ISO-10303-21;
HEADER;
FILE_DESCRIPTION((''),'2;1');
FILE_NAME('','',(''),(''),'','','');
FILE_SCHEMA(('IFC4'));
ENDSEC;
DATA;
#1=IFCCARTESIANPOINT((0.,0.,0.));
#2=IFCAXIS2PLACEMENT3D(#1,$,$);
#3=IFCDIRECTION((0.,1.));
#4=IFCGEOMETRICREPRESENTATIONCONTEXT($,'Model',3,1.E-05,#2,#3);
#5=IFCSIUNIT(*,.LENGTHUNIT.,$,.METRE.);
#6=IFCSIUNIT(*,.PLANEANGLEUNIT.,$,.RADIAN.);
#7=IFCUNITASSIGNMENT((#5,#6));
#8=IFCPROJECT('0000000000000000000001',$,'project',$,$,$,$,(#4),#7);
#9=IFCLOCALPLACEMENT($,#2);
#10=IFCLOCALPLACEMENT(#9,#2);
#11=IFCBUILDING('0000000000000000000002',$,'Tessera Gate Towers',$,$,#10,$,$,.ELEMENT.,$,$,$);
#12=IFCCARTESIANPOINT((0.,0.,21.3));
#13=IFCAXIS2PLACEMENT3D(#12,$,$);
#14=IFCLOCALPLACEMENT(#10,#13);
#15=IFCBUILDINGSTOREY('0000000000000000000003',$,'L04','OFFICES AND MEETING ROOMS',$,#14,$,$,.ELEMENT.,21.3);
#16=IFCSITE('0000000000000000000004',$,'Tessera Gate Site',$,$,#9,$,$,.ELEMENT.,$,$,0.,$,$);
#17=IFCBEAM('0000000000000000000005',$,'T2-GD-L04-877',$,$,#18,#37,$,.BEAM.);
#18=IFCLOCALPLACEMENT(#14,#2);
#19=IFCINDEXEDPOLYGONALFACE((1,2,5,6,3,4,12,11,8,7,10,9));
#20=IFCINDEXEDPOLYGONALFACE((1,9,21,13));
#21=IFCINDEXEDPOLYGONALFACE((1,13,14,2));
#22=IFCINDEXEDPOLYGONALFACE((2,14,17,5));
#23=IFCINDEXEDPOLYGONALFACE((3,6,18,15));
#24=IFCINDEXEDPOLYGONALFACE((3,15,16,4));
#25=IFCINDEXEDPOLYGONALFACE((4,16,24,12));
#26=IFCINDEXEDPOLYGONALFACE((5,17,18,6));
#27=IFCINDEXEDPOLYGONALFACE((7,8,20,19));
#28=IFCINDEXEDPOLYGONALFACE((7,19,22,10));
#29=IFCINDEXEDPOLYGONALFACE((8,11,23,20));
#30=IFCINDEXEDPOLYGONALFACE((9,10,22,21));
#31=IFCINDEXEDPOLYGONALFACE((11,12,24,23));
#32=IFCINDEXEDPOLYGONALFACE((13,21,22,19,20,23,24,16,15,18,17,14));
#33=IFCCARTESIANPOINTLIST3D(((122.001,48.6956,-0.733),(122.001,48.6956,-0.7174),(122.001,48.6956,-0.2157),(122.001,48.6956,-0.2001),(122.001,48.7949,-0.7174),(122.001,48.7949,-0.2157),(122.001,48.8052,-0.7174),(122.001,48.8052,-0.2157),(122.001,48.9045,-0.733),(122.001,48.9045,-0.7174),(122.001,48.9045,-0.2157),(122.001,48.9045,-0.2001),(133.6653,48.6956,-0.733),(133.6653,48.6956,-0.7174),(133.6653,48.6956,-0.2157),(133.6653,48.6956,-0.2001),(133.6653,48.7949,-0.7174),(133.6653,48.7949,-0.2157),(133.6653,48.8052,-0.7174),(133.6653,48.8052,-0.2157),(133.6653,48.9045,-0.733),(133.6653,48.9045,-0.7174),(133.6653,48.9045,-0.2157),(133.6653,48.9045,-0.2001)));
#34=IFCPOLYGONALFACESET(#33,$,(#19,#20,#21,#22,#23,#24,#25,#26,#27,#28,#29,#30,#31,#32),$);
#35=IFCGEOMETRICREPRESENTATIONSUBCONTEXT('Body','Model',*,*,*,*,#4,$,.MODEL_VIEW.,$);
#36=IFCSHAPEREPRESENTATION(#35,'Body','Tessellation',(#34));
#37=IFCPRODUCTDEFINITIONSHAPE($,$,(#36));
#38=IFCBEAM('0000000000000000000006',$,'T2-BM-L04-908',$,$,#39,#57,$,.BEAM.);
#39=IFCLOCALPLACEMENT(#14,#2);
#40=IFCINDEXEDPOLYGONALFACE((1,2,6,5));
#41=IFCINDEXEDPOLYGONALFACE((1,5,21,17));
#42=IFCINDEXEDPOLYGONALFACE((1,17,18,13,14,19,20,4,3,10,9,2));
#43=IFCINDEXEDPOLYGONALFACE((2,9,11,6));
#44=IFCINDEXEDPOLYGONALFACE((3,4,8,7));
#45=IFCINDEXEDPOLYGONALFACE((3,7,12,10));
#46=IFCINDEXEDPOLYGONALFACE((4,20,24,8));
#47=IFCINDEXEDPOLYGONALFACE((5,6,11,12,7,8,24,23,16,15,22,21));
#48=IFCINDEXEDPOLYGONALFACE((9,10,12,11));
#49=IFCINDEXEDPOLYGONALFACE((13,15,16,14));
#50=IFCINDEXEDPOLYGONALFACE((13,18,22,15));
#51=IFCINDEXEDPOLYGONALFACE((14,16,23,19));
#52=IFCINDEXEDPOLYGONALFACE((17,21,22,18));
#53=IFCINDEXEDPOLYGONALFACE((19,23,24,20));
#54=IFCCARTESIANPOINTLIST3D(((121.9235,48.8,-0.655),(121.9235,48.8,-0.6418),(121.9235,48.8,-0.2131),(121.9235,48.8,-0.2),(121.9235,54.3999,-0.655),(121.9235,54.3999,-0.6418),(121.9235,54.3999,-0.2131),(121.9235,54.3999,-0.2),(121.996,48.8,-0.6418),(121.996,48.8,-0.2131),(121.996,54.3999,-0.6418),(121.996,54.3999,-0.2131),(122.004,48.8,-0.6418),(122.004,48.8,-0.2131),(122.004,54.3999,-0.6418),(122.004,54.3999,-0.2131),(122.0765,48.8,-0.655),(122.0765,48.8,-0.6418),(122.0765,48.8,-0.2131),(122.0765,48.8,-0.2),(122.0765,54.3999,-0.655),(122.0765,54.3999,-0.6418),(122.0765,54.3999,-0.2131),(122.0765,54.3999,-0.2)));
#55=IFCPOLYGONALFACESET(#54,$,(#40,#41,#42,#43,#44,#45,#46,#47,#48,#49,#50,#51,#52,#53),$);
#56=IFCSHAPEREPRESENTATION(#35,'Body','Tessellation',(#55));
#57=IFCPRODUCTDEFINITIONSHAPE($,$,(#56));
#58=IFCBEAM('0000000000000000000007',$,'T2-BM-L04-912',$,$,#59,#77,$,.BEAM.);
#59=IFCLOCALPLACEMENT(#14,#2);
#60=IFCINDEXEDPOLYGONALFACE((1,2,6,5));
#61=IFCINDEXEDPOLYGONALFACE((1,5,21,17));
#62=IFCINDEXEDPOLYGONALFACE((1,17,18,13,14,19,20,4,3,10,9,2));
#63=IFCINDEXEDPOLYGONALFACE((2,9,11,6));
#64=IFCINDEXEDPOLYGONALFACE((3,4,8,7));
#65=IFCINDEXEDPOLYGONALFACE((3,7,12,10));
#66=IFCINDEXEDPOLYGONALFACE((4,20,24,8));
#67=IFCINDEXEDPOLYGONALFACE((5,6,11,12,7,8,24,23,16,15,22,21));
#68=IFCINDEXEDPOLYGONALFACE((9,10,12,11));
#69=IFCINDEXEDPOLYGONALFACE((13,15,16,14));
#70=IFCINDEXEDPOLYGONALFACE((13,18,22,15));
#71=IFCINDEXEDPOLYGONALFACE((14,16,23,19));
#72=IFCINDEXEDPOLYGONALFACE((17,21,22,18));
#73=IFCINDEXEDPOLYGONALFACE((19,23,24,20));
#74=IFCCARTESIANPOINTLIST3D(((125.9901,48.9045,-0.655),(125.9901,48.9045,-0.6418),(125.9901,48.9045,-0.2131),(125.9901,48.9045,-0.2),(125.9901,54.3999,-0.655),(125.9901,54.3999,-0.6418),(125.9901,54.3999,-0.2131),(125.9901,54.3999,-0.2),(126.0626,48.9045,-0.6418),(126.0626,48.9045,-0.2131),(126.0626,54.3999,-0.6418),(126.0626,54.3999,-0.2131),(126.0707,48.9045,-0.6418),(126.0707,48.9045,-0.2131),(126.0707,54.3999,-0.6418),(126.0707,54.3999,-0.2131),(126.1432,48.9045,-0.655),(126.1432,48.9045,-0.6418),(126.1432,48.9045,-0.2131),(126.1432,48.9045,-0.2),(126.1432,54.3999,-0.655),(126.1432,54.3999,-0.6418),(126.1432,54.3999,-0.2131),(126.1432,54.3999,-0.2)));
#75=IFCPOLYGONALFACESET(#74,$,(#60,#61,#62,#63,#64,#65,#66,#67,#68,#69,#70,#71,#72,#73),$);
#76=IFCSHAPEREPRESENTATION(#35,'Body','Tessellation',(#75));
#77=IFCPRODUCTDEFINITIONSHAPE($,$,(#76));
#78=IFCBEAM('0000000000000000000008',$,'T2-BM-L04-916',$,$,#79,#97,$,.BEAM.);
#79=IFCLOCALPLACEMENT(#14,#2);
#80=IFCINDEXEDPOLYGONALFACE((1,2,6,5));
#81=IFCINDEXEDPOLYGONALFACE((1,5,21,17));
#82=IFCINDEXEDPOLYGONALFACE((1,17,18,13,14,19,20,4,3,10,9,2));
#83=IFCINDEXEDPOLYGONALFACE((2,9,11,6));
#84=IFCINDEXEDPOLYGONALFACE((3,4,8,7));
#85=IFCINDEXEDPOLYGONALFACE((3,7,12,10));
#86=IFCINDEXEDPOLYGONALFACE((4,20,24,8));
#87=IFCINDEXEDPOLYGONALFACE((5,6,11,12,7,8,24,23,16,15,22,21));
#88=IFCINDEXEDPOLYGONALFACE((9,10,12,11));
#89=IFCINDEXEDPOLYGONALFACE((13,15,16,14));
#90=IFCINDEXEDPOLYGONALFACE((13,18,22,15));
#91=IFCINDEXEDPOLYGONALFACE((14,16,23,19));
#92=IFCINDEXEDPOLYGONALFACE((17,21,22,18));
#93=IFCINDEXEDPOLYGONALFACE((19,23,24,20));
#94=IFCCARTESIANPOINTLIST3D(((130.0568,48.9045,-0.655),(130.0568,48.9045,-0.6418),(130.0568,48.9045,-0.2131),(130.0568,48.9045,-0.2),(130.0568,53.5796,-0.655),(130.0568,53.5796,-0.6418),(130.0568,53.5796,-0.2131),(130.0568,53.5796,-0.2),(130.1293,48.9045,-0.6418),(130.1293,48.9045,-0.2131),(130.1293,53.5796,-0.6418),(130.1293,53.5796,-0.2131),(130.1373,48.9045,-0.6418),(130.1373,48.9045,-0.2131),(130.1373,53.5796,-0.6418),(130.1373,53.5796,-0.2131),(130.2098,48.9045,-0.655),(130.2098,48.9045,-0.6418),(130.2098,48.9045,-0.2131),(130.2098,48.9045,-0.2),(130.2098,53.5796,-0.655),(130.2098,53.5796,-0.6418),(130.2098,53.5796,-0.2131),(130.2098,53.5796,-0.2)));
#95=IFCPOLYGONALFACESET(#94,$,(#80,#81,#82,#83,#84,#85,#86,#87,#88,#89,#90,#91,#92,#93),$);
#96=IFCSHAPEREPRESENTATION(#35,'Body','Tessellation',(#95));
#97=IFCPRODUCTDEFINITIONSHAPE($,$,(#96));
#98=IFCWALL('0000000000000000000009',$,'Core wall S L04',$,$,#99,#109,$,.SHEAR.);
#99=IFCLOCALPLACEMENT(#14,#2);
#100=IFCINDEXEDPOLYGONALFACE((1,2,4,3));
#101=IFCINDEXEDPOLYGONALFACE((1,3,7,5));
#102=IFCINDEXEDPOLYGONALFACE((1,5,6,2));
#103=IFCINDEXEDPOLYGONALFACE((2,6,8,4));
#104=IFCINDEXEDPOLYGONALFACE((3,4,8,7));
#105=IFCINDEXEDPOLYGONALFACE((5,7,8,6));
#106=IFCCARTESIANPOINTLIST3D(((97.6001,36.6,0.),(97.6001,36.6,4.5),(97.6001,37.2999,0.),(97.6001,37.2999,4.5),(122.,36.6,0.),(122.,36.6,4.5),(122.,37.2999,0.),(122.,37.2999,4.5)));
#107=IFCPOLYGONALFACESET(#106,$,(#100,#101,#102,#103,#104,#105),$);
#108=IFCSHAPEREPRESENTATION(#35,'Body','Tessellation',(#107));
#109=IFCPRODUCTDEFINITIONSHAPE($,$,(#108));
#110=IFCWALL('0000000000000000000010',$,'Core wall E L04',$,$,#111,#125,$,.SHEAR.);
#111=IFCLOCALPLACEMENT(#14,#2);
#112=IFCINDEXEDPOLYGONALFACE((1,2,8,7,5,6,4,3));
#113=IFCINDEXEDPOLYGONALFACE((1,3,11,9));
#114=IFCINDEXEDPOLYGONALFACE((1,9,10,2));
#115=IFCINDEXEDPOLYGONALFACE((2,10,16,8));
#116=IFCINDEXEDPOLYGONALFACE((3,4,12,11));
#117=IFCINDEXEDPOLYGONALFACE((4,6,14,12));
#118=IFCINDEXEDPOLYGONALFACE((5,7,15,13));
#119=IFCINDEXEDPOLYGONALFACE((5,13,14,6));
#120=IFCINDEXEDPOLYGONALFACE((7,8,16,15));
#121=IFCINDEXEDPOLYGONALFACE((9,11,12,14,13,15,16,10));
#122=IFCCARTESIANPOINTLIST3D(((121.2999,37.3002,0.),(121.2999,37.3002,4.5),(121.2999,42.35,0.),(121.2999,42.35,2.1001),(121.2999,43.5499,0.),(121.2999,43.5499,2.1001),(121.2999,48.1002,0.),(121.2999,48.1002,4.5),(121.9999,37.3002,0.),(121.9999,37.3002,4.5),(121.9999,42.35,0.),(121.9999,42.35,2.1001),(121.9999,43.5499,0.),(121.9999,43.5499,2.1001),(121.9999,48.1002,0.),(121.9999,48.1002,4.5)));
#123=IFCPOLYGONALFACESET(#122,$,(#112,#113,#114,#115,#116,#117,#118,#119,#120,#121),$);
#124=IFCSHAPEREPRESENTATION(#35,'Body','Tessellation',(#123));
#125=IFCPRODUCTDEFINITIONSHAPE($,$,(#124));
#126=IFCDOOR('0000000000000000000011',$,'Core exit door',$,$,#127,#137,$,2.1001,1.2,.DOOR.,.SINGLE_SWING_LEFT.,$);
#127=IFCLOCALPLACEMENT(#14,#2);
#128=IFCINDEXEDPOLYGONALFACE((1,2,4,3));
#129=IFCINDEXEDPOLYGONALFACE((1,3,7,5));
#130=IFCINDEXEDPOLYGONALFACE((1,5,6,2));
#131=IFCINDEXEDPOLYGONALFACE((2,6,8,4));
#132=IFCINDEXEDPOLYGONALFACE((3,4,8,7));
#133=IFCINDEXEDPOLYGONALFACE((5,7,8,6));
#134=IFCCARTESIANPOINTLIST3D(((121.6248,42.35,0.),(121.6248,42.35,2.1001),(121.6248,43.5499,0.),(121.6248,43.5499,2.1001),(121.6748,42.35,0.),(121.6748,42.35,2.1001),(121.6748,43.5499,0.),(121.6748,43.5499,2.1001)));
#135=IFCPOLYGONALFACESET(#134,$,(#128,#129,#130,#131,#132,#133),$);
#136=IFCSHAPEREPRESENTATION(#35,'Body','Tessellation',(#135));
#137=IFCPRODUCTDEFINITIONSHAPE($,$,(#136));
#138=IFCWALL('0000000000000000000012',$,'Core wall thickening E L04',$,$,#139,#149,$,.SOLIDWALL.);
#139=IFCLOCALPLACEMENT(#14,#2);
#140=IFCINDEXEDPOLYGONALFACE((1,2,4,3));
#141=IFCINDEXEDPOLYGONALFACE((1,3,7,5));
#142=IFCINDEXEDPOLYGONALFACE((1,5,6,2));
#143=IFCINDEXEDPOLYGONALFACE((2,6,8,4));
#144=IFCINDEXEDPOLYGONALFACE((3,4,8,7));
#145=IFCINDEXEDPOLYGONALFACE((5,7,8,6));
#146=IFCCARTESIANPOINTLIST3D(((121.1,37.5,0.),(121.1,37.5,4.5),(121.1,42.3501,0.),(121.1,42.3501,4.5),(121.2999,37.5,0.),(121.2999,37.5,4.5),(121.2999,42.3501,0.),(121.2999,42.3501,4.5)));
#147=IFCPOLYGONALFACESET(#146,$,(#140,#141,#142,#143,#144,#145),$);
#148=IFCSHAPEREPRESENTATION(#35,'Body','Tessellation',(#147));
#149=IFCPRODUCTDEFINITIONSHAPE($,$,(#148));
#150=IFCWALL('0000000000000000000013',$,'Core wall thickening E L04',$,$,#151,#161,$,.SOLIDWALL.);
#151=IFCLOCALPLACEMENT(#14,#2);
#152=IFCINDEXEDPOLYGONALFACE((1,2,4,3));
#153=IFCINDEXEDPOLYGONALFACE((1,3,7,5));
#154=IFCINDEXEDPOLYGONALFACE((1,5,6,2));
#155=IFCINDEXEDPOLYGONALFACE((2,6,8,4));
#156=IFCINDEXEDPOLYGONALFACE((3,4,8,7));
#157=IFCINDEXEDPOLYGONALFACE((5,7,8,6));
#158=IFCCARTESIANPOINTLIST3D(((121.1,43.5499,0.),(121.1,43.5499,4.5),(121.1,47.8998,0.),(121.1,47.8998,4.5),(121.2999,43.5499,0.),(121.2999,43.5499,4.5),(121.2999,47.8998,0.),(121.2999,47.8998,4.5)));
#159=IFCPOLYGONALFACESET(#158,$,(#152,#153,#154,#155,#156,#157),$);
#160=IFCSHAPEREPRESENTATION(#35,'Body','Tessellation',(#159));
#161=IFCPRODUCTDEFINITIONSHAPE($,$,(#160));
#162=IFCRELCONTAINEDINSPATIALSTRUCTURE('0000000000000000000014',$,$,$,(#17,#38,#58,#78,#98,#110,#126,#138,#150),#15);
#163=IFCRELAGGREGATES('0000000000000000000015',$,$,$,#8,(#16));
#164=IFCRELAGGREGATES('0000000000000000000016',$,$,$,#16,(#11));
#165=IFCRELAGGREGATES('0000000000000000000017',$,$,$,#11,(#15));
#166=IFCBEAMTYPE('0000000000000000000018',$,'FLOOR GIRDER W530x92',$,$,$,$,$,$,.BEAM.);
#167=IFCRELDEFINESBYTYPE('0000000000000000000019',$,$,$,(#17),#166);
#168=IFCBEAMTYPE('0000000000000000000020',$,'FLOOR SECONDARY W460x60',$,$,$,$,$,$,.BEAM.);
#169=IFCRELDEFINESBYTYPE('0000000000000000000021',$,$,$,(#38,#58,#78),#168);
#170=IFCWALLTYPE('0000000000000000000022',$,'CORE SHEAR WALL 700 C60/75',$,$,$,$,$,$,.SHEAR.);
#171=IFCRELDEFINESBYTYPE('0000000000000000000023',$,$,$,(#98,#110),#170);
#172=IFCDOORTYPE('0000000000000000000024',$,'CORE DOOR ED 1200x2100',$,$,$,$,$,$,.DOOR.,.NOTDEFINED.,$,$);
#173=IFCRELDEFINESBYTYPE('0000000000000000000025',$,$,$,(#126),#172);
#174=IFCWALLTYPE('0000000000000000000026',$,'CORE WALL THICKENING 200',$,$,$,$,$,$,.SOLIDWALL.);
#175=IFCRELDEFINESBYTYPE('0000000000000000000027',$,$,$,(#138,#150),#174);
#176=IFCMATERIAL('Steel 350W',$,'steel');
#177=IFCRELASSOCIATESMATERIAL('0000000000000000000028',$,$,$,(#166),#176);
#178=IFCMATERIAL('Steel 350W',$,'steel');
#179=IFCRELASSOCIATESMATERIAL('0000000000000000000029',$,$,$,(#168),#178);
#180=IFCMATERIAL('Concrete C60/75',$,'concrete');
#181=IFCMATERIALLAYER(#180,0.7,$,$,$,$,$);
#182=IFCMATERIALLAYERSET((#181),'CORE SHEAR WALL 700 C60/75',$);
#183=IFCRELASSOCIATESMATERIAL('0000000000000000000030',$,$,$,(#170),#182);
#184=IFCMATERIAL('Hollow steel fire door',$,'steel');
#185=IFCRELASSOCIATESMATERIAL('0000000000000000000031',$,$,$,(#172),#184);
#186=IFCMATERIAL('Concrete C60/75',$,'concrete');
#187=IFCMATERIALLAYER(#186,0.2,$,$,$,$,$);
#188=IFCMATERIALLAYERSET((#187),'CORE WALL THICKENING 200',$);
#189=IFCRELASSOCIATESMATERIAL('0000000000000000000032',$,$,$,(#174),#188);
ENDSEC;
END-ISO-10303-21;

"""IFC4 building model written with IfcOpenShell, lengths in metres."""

from ifc_helpers import new_model, si_unit, direction, frame, frame_2d, origin, origin_2d, place, context, subcontext, project, spatial, rectangle, i_section, extrude, source, transform, mapped, material, layer, layer_set, material_profile, profile_set, type_object, element, fill, save


model = new_model("IFC4")

# Units and contexts
model_context = context("Model", 3, precision=1e-05, world=origin(), true_north=direction((0.0, 1.0)))
body_context = subcontext(model_context, "Body", "Model", "MODEL_VIEW")
ifc_project = project(units=[si_unit("LENGTHUNIT", "METRE"), si_unit("PLANEANGLEUNIT", "RADIAN")], contexts=[model_context])

# Site, building, storey
site_placement = place(None, origin())
site = spatial("IfcSite", under=ifc_project, at=site_placement, Name="Tessera Gate Site", CompositionType="ELEMENT", RefElevation=0.0)
building_placement = place(site_placement, origin())
building = spatial("IfcBuilding", under=site, at=building_placement, Name="Tessera Gate Towers", CompositionType="ELEMENT")
storey_placement = place(building_placement, frame((0.0, 0.0, 21.3)))
storey = spatial("IfcBuildingStorey", under=building, at=storey_placement, Name="L04", Description="OFFICES AND MEETING ROOMS", CompositionType="ELEMENT", Elevation=21.3)

# Beams
ifc_material_1 = material(Name="Steel 350W", Category="steel")
ifc_material_profile_1 = material_profile(ifc_material_1, i_section(OverallWidth=0.209, OverallDepth=0.533, WebThickness=0.0103, FlangeThickness=0.0156, at=origin_2d()), Name="W530x92")
ifc_profile_set_1 = profile_set([ifc_material_profile_1], Name="Steel 350W")
beam_type_1 = type_object("IfcBeamType", Name="FLOOR GIRDER W530x92", PredefinedType="BEAM", material=ifc_profile_set_1)
beam_1_placement = place(storey_placement, frame((122.001, 48.8, -0.4666), z_axis=(1.0, 0.0, 0.0), x_axis=(0.0, 1.0, 0.0)))
element("IfcBeam", 1, at=beam_1_placement, inside=storey, type_object=beam_type_1, Name="T2-GD-L04-877", PredefinedType="BEAM", context=body_context, shape_type="SweptSolid", body=[
    extrude(i_section(OverallWidth=0.209, OverallDepth=0.533, WebThickness=0.0103, FlangeThickness=0.0156, at=origin_2d()), origin(), (0.0, 0.0, 1.0), 11.6643),
])
ifc_material_2 = material(Name="Steel 350W", Category="steel")
ifc_material_profile_2 = material_profile(ifc_material_2, i_section(OverallWidth=0.1531, OverallDepth=0.4551, WebThickness=0.0081, FlangeThickness=0.0132, at=origin_2d()), Name="W460x60")
ifc_profile_set_2 = profile_set([ifc_material_profile_2], Name="Steel 350W")
beam_type_2 = type_object("IfcBeamType", Name="FLOOR SECONDARY W460x60", PredefinedType="BEAM", material=ifc_profile_set_2)
beam_2_placement = place(storey_placement, frame((122.0, 48.8, -0.4275), z_axis=(0.0, 1.0, 0.0), x_axis=(-1.0, 0.0, 0.0)))
element("IfcBeam", 2, at=beam_2_placement, inside=storey, type_object=beam_type_2, Name="T2-BM-L04-908", PredefinedType="BEAM", context=body_context, shape_type="SweptSolid", body=[
    extrude(i_section(OverallWidth=0.1531, OverallDepth=0.4551, WebThickness=0.0081, FlangeThickness=0.0132, at=origin_2d()), origin(), (0.0, 0.0, 1.0), 5.5999),
])
beam_3_placement = place(storey_placement, frame((126.0667, 48.9045, -0.4275), z_axis=(0.0, 1.0, 0.0), x_axis=(-1.0, 0.0, 0.0)))
element("IfcBeam", 3, at=beam_3_placement, inside=storey, type_object=beam_type_2, Name="T2-BM-L04-912", PredefinedType="BEAM", context=body_context, shape_type="SweptSolid", body=[
    extrude(i_section(OverallWidth=0.1531, OverallDepth=0.4551, WebThickness=0.0081, FlangeThickness=0.0132, at=origin_2d()), origin(), (0.0, 0.0, 1.0), 5.4954),
])
beam_4_placement = place(storey_placement, frame((130.1333, 48.9045, -0.4275), z_axis=(0.0, 1.0, 0.0), x_axis=(-1.0, 0.0, 0.0)))
element("IfcBeam", 4, at=beam_4_placement, inside=storey, type_object=beam_type_2, Name="T2-BM-L04-916", PredefinedType="BEAM", context=body_context, shape_type="SweptSolid", body=[
    extrude(i_section(OverallWidth=0.1531, OverallDepth=0.4551, WebThickness=0.0081, FlangeThickness=0.0132, at=origin_2d()), origin(), (0.0, 0.0, 1.0), 4.675),
])

# Wall
ifc_material_3 = material(Name="Concrete C60/75", Category="concrete")
ifc_layer_1 = layer(ifc_material_3, 0.7)
ifc_layer_set_1 = layer_set([ifc_layer_1], Name="CORE SHEAR WALL 700 C60/75")
wall_type_1 = type_object("IfcWallType", Name="CORE SHEAR WALL 700 C60/75", PredefinedType="SHEAR", material=ifc_layer_set_1)
wall_1_placement = place(storey_placement, frame((122.0, 36.95, 0.0), z_axis=(0.0, 0.0, 1.0), x_axis=(-1.0, 0.0, 0.0)))
element("IfcWall", 5, at=wall_1_placement, inside=storey, type_object=wall_type_1, Name="Core wall S L04", PredefinedType="SHEAR", context=body_context, shape_type="SweptSolid", body=[
    extrude(rectangle(XDim=24.3999, YDim=0.7, at=frame_2d((12.2, 0.0))), origin(), (0.0, 0.0, 1.0), 4.5),
])

# Wall, opening, door
wall_2_placement = place(storey_placement, frame((121.6499, 48.1001, 0.0), z_axis=(0.0, 0.0, 1.0), x_axis=(0.0, -1.0, 0.0)))
wall_2 = element("IfcWall", 6, at=wall_2_placement, inside=storey, type_object=wall_type_1, Name="Core wall E L04", PredefinedType="SHEAR", context=body_context, shape_type="SweptSolid", body=[
    extrude(rectangle(XDim=10.8, YDim=0.7, at=frame_2d((5.3999, 0.0))), origin(), (0.0, 0.0, 1.0), 4.5),
])
shared_shape_1 = source(origin(), body_context, "Body", "SweptSolid", [
    extrude(rectangle(XDim=1.2, YDim=2.1001, at=frame_2d((0.6001, 1.05))), frame((0.0, 0.3599, 0.0), z_axis=(0.0, -1.0, 0.0), x_axis=(1.0, 0.0, 0.0)), (0.0, 0.0, 1.0), 0.72),
])
opening_1_placement = place(wall_2_placement, frame((4.55, 0.0, 0.0)))
opening_1 = element("IfcOpeningElement", 7, at=opening_1_placement, cuts=wall_2, PredefinedType="OPENING", context=body_context, shape_type="MappedRepresentation", body=[
    mapped(shared_shape_1, transform((0.0, 0.0, 0.0), scale=1.0)),
])
ifc_material_4 = material(Name="Hollow steel fire door", Category="steel")
door_type_1 = type_object("IfcDoorType", Name="CORE DOOR ED 1200x2100", OperationType="NOTDEFINED", PredefinedType="DOOR", material=ifc_material_4)
shared_shape_2 = source(origin(), body_context, "Body", "SweptSolid", [
    extrude(rectangle(XDim=1.2, YDim=2.1001, at=frame_2d((0.6001, 1.05))), frame((0.0, 0.0249, 0.0), z_axis=(0.0, -1.0, 0.0), x_axis=(1.0, 0.0, 0.0)), (0.0, 0.0, 1.0), 0.05),
])
door_1_placement = place(opening_1_placement, origin())
door_1 = element("IfcDoor", 8, at=door_1_placement, inside=storey, type_object=door_type_1, Name="Core exit door", OperationType="SINGLE_SWING_LEFT", OverallHeight=2.1001, OverallWidth=1.2, PredefinedType="DOOR", context=body_context, shape_type="MappedRepresentation", body=[
    mapped(shared_shape_2, transform((0.0, 0.0, 0.0), scale=1.0)),
])
fill(opening_1, door_1)

# Walls
ifc_material_5 = material(Name="Concrete C60/75", Category="concrete")
ifc_layer_2 = layer(ifc_material_5, 0.2)
ifc_layer_set_2 = layer_set([ifc_layer_2], Name="CORE WALL THICKENING 200")
wall_type_2 = type_object("IfcWallType", Name="CORE WALL THICKENING 200", PredefinedType="SOLIDWALL", material=ifc_layer_set_2)
wall_3_placement = place(storey_placement, frame((121.2, 37.5, 0.0), z_axis=(0.0, 0.0, 1.0), x_axis=(0.0, 1.0, 0.0)))
element("IfcWall", 9, at=wall_3_placement, inside=storey, type_object=wall_type_2, Name="Core wall thickening E L04", PredefinedType="SOLIDWALL", context=body_context, shape_type="SweptSolid", body=[
    extrude(rectangle(XDim=4.8501, YDim=0.2, at=frame_2d((2.425, 0.0))), origin(), (0.0, 0.0, 1.0), 4.5),
])
wall_4_placement = place(storey_placement, frame((121.2, 43.55, 0.0), z_axis=(0.0, 0.0, 1.0), x_axis=(0.0, 1.0, 0.0)))
element("IfcWall", 10, at=wall_4_placement, inside=storey, type_object=wall_type_2, Name="Core wall thickening E L04", PredefinedType="SOLIDWALL", context=body_context, shape_type="SweptSolid", body=[
    extrude(rectangle(XDim=4.3499, YDim=0.2, at=frame_2d((2.1748, 0.0))), origin(), (0.0, 0.0, 1.0), 4.5),
])

save(model, "model.ifc")
